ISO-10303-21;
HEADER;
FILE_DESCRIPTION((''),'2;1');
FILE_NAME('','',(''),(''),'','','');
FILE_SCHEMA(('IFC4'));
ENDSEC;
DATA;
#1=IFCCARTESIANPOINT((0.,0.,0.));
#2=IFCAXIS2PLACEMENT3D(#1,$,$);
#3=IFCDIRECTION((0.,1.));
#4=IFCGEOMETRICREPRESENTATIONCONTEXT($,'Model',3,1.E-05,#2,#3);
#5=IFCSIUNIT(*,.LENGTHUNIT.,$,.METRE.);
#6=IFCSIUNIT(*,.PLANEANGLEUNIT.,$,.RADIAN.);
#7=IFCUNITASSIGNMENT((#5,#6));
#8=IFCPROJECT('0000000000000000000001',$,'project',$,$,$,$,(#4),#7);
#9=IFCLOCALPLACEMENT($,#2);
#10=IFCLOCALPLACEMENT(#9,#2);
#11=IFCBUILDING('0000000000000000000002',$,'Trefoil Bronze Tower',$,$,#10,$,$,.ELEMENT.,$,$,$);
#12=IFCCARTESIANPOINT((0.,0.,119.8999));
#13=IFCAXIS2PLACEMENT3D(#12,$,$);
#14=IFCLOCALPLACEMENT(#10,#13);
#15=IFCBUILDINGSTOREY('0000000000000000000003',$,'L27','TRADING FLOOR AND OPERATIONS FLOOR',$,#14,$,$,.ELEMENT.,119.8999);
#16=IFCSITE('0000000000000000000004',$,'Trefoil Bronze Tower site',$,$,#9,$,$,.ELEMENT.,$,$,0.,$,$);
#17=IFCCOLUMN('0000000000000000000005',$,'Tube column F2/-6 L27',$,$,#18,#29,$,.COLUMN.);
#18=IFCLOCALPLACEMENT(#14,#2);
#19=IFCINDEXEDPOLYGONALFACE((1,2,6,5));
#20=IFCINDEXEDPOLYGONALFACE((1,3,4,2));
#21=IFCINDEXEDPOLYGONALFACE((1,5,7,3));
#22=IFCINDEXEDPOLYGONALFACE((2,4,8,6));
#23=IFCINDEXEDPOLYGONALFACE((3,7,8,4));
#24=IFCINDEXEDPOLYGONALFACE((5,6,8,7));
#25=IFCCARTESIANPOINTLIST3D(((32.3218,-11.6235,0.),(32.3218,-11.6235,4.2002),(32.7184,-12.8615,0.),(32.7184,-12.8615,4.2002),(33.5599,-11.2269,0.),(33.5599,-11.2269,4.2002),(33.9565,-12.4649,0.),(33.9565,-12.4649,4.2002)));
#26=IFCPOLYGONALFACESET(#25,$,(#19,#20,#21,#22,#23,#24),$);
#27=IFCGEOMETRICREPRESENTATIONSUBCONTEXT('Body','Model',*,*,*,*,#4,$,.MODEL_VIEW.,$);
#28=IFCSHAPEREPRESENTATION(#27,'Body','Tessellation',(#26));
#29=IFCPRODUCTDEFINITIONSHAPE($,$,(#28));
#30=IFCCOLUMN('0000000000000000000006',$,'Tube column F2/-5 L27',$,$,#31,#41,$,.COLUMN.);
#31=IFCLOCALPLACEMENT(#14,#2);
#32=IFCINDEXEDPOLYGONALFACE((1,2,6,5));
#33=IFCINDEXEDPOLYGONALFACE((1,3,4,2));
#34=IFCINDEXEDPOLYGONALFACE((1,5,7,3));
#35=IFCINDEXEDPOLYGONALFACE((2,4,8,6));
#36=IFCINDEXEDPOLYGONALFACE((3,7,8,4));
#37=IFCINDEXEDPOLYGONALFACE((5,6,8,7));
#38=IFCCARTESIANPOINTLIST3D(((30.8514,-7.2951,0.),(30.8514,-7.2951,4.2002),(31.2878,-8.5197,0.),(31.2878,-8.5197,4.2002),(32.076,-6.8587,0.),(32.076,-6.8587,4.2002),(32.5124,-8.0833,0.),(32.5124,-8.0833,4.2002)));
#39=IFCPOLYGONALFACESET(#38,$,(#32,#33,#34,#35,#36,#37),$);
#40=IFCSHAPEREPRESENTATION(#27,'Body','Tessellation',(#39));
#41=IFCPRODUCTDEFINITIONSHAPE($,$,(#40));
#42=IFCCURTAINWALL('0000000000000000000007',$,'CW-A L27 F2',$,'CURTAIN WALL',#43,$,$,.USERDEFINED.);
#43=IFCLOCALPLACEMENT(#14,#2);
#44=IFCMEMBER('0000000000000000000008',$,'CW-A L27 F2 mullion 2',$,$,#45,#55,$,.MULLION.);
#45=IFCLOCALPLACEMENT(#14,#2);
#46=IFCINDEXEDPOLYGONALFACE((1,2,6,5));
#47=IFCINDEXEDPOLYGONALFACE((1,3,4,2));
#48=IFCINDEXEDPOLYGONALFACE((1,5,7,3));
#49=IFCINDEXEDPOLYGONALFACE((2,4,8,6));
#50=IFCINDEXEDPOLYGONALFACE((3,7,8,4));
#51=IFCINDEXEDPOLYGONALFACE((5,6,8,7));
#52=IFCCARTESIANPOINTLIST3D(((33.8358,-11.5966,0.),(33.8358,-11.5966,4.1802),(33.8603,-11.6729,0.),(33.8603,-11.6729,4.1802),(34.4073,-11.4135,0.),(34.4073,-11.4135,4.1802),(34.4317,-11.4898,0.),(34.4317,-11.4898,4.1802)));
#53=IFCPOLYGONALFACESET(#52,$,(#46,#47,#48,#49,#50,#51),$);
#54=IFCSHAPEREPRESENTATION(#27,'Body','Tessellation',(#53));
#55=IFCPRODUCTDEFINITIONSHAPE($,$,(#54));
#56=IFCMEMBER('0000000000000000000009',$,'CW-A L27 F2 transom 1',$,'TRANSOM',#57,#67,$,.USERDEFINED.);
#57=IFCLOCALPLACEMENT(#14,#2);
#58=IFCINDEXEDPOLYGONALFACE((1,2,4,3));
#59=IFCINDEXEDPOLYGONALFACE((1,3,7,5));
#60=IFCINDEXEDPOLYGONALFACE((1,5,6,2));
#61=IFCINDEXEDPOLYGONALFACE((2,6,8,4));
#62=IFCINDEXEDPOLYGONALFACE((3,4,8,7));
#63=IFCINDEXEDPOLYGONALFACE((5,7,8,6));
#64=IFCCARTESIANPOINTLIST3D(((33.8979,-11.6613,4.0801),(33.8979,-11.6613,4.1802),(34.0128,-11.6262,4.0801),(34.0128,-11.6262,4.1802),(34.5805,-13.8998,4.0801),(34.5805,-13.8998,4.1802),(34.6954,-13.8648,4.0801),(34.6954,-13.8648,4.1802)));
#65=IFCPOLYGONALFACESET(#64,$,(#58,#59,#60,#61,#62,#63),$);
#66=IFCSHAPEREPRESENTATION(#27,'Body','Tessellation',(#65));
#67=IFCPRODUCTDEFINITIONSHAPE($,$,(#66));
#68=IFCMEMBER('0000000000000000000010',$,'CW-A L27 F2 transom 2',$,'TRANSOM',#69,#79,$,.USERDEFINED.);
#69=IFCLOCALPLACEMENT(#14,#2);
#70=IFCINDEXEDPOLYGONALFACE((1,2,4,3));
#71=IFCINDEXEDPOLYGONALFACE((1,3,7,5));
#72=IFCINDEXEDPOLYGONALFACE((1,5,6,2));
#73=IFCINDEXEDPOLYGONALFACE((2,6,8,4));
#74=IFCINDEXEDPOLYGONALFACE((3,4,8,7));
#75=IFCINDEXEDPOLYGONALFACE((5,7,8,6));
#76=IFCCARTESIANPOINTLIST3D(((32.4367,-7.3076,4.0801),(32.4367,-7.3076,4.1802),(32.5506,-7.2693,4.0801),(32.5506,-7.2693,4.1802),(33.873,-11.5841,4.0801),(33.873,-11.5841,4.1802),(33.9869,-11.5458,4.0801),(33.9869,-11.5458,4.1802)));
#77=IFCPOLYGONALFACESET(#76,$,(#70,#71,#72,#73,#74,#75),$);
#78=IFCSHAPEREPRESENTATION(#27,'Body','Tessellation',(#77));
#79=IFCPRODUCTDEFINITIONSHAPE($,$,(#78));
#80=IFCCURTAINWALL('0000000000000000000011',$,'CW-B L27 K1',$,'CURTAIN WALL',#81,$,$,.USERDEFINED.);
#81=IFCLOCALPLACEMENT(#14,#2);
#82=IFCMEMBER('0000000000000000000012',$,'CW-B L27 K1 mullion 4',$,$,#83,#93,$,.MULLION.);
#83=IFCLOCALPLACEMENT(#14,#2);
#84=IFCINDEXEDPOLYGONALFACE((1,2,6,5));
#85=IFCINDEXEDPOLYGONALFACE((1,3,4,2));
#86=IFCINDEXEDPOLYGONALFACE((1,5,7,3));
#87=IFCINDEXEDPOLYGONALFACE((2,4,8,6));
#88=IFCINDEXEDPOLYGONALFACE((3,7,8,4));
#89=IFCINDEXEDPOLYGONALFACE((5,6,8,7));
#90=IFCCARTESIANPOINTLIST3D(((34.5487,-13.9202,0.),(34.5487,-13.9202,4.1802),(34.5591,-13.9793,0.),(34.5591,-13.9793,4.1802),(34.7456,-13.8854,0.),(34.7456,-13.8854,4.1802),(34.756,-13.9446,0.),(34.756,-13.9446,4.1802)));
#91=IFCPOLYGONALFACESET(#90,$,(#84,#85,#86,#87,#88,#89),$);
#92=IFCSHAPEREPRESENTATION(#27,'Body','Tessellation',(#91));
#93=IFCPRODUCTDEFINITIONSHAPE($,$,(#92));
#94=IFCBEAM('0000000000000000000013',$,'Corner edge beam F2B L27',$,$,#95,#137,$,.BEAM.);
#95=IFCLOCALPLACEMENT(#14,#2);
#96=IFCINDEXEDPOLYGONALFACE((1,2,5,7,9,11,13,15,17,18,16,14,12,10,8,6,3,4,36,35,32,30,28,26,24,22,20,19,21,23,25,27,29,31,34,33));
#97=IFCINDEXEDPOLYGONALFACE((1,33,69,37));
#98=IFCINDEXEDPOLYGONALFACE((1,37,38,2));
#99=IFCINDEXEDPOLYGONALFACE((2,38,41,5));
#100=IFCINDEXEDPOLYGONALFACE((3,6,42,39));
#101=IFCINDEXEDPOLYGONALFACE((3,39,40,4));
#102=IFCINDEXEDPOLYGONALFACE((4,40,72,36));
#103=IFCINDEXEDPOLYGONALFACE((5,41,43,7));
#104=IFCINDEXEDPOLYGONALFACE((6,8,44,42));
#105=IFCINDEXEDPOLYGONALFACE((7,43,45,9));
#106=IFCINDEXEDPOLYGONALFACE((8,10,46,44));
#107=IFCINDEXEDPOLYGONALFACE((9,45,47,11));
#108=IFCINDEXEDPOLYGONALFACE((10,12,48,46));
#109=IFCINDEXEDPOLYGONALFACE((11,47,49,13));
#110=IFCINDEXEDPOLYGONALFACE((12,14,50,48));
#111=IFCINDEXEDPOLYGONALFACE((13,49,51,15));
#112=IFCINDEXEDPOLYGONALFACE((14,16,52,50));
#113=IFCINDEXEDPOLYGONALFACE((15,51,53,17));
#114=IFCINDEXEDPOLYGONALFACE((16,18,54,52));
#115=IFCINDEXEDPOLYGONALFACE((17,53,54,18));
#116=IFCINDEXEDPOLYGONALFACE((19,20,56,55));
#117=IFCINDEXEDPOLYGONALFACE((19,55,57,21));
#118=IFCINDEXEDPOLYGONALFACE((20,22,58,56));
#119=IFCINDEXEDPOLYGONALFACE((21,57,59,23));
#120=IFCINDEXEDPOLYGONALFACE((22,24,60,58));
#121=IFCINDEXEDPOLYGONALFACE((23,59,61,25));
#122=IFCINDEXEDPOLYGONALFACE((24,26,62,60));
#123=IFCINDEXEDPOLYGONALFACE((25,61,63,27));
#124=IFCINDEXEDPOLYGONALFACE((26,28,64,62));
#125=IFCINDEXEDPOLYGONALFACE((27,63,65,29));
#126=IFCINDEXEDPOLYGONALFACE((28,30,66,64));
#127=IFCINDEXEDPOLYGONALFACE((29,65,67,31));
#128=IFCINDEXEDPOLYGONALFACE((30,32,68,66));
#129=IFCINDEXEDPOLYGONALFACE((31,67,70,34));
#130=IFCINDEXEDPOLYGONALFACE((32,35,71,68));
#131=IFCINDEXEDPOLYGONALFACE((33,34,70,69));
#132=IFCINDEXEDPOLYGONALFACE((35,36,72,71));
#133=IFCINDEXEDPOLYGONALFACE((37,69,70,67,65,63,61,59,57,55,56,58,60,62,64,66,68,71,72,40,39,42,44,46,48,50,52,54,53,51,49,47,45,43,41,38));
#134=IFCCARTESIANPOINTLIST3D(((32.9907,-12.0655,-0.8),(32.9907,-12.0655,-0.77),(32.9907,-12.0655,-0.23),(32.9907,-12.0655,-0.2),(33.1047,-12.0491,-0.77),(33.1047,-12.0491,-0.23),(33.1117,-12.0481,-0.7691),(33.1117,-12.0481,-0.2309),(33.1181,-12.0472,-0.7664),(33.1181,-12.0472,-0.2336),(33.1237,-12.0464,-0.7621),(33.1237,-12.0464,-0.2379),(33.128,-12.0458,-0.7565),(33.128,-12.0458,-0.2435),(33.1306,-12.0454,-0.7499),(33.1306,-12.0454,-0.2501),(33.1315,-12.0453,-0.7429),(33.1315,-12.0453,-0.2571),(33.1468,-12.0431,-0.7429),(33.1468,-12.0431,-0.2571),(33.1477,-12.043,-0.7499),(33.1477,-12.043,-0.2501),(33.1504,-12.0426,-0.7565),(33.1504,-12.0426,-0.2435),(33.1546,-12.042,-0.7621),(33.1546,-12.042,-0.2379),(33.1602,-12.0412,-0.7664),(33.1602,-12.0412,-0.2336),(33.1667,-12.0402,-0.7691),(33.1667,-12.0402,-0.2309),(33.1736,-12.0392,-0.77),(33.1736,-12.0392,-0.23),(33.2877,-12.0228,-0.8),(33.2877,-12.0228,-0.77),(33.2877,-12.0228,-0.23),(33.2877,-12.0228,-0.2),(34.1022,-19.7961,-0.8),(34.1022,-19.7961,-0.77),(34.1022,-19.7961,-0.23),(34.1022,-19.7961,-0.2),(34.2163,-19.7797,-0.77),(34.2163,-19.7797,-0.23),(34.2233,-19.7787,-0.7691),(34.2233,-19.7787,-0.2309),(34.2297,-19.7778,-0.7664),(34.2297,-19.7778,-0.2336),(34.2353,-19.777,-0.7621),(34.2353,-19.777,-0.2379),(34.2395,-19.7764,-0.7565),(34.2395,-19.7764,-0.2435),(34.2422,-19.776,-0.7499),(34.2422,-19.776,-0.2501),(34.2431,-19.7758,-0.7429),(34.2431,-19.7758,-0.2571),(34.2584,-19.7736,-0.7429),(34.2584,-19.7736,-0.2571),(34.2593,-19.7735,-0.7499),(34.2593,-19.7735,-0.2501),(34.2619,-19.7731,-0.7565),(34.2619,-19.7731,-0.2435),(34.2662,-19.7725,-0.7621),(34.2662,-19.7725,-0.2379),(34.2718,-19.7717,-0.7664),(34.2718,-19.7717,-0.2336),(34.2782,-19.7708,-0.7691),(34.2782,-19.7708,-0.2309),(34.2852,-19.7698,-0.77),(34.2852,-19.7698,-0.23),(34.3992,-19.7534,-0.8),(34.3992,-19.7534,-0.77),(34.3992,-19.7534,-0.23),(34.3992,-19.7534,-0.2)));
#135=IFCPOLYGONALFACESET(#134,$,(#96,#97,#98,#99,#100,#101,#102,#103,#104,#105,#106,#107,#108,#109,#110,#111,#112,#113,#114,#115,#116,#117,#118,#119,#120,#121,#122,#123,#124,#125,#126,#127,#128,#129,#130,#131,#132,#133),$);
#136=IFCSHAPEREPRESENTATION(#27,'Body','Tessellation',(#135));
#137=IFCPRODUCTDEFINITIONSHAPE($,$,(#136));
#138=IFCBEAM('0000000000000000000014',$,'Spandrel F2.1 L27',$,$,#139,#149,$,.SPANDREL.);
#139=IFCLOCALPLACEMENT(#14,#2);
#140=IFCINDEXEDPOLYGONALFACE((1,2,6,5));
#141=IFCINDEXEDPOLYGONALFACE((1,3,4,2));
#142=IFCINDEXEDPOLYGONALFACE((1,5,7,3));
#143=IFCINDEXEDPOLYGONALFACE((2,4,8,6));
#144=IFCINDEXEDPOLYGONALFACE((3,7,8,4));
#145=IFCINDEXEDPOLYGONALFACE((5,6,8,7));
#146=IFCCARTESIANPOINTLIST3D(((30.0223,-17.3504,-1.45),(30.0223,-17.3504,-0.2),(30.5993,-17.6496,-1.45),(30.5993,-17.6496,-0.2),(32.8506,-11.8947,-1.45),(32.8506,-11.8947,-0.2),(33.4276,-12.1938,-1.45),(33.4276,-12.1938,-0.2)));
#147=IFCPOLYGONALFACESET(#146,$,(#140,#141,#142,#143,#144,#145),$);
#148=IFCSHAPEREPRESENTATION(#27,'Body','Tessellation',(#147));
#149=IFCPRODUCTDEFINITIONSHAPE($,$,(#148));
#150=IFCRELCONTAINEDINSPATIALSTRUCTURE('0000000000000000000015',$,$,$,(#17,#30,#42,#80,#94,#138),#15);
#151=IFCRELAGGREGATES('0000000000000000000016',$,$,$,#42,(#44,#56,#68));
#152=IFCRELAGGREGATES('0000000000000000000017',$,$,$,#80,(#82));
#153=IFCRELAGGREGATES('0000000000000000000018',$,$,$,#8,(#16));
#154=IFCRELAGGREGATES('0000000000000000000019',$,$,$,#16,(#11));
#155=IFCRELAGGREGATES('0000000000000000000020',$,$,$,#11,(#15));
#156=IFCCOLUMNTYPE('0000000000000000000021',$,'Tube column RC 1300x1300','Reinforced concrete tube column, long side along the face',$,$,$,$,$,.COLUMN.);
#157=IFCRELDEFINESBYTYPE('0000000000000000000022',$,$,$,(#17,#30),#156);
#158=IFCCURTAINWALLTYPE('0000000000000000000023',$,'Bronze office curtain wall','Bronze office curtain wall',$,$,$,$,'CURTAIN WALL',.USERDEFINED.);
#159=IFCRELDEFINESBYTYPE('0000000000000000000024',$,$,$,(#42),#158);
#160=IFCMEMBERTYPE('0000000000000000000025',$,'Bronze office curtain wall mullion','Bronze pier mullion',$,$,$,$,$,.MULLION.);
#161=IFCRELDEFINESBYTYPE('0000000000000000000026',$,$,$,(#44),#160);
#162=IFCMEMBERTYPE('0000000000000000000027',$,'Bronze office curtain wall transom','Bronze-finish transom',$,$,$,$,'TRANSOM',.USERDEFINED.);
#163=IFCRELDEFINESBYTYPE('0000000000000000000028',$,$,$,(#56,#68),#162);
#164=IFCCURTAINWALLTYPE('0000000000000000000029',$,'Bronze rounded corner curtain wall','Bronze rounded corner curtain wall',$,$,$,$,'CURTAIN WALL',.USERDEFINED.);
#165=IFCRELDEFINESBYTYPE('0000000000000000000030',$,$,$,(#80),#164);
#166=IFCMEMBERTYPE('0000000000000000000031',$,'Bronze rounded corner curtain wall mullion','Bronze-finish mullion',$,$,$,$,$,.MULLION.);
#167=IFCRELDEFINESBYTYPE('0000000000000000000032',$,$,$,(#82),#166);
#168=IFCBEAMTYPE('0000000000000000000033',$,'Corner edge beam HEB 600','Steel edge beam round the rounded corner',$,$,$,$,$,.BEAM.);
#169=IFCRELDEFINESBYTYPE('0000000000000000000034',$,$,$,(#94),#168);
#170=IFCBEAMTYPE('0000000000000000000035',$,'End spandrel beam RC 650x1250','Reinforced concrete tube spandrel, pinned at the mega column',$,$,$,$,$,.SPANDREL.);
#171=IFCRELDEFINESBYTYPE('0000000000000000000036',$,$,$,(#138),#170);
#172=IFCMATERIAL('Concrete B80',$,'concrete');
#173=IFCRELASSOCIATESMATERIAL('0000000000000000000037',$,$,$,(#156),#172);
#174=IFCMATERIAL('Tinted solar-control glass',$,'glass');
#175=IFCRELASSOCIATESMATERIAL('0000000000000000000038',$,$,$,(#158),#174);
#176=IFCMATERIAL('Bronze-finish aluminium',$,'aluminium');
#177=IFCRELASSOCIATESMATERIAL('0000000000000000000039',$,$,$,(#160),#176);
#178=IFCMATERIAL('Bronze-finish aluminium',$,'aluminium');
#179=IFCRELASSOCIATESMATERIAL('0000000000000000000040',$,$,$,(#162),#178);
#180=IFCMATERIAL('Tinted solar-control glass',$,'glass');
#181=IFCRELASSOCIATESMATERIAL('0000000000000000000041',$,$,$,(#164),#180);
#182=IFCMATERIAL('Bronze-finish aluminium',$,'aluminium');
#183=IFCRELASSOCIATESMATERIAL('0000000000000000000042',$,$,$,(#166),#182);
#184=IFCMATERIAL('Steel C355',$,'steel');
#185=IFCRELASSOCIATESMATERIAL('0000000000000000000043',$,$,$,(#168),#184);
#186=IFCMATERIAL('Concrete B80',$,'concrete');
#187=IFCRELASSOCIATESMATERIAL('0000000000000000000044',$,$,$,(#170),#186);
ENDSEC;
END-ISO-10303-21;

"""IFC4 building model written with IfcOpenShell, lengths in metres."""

from ifc_helpers import new_model, si_unit, direction, frame, origin, origin_2d, place, context, subcontext, project, spatial, rectangle, i_section, extrude, material, material_profile, profile_set, type_object, element, aggregate, save


model = new_model("IFC4")

# Units and contexts
model_context = context("Model", 3, precision=1e-05, world=origin(), true_north=direction((0.0, 1.0)))
body_context = subcontext(model_context, "Body", "Model", "MODEL_VIEW")
ifc_project = project(units=[si_unit("LENGTHUNIT", "METRE"), si_unit("PLANEANGLEUNIT", "RADIAN")], contexts=[model_context])

# Site, building, storey
site_placement = place(None, origin())
site = spatial("IfcSite", under=ifc_project, at=site_placement, Name="Trefoil Bronze Tower site", CompositionType="ELEMENT", RefElevation=0.0)
building_placement = place(site_placement, origin())
building = spatial("IfcBuilding", under=site, at=building_placement, Name="Trefoil Bronze Tower", CompositionType="ELEMENT")
storey_placement = place(building_placement, frame((0.0, 0.0, 119.8999)))
storey = spatial("IfcBuildingStorey", under=building, at=storey_placement, Name="L27", Description="TRADING FLOOR AND OPERATIONS FLOOR", CompositionType="ELEMENT", Elevation=119.8999)

# Columns
ifc_material_1 = material(Name="Concrete B80", Category="concrete")
ifc_material_profile_1 = material_profile(ifc_material_1, rectangle(XDim=1.3, YDim=1.3, at=origin_2d()), Name="RC 1300x1300")
ifc_profile_set_1 = profile_set([ifc_material_profile_1], Name="Concrete B80")
column_type = type_object("IfcColumnType", Name="Tube column RC 1300x1300", Description="Reinforced concrete tube column, long side along the face", PredefinedType="COLUMN", material=ifc_profile_set_1)
for number, where, z_axis, x_axis, name in (
    (1, (33.1392, -12.0442, 0.0), (0.0, 0.0, 1.0), (-0.305066, 0.952331, 0.0), "Tube column F2/-6 L27"),
    (2, (31.6819, -7.6892, 0.0), (0.0, 0.0, 1.0), (-0.335718, 0.941963, 0.0), "Tube column F2/-5 L27"),
):
    element("IfcColumn", number, at=place(storey_placement, frame(where, z_axis=z_axis, x_axis=x_axis)), inside=storey, type_object=column_type, Name=name, PredefinedType="COLUMN", context=body_context, shape_type="SweptSolid", body=[
        extrude(rectangle(XDim=1.3, YDim=1.3, at=origin_2d()), origin(), (0.0, 0.0, 1.0), 4.2002),
    ])

# Curtain wall, members
ifc_material_2 = material(Name="Tinted solar-control glass", Category="glass")
curtain_wall_type_1 = type_object("IfcCurtainWallType", Name="Bronze office curtain wall", Description="Bronze office curtain wall", ElementType="CURTAIN WALL", PredefinedType="USERDEFINED", material=ifc_material_2)
curtain_wall_1_placement = place(storey_placement, origin())
curtain_wall_1 = element("IfcCurtainWall", 3, at=curtain_wall_1_placement, inside=storey, type_object=curtain_wall_type_1, Name="CW-A L27 F2", ObjectType="CURTAIN WALL", PredefinedType="USERDEFINED")
ifc_material_3 = material(Name="Bronze-finish aluminium", Category="aluminium")
ifc_material_profile_2 = material_profile(ifc_material_3, rectangle(XDim=0.6001, YDim=0.0801, at=origin_2d()), Name="CW-A mullion")
ifc_profile_set_2 = profile_set([ifc_material_profile_2], Name="Bronze-finish aluminium")
member_type_1 = type_object("IfcMemberType", Name="Bronze office curtain wall mullion", Description="Bronze pier mullion", PredefinedType="MULLION", material=ifc_profile_set_2)
member_1_placement = place(storey_placement, frame((34.1338, -11.5432, 0.0), z_axis=(0.0, 0.0, 1.0), x_axis=(-0.952331, -0.305066, 0.0)))
member_1 = element("IfcMember", 4, at=member_1_placement, type_object=member_type_1, Name="CW-A L27 F2 mullion 2", PredefinedType="MULLION", context=body_context, shape_type="SweptSolid", body=[
    extrude(rectangle(XDim=0.6001, YDim=0.0801, at=origin_2d()), origin(), (0.0, 0.0, 1.0), 4.1802),
])
ifc_material_4 = material(Name="Bronze-finish aluminium", Category="aluminium")
ifc_material_profile_3 = material_profile(ifc_material_4, rectangle(XDim=0.1201, YDim=0.1001, at=origin_2d()), Name="CW-A transom")
ifc_profile_set_3 = profile_set([ifc_material_profile_3], Name="Bronze-finish aluminium")
member_type_2 = type_object("IfcMemberType", Name="Bronze office curtain wall transom", Description="Bronze-finish transom", ElementType="TRANSOM", PredefinedType="USERDEFINED", material=ifc_profile_set_3)
member_2_placement = place(storey_placement, frame((34.6379, -13.8823, 4.1301), z_axis=(-0.29168, 0.956516, 0.0), x_axis=(-0.956516, -0.29168, 0.0)))
member_2 = element("IfcMember", 5, at=member_2_placement, type_object=member_type_2, Name="CW-A L27 F2 transom 1", ObjectType="TRANSOM", PredefinedType="USERDEFINED", context=body_context, shape_type="SweptSolid", body=[
    extrude(rectangle(XDim=0.1201, YDim=0.1001, at=origin_2d()), origin(), (0.0, 0.0, 1.0), 2.3403),
])
member_3_placement = place(storey_placement, frame((33.9299, -11.5649, 4.1301), z_axis=(-0.318386, 0.947961, 0.0), x_axis=(-0.947961, -0.318386, 0.0)))
member_3 = element("IfcMember", 6, at=member_3_placement, type_object=member_type_2, Name="CW-A L27 F2 transom 2", ObjectType="TRANSOM", PredefinedType="USERDEFINED", context=body_context, shape_type="SweptSolid", body=[
    extrude(rectangle(XDim=0.1201, YDim=0.1001, at=origin_2d()), origin(), (0.0, 0.0, 1.0), 4.5112),
])

# Curtain wall, member
ifc_material_5 = material(Name="Tinted solar-control glass", Category="glass")
curtain_wall_type_2 = type_object("IfcCurtainWallType", Name="Bronze rounded corner curtain wall", Description="Bronze rounded corner curtain wall", ElementType="CURTAIN WALL", PredefinedType="USERDEFINED", material=ifc_material_5)
curtain_wall_2_placement = place(storey_placement, origin())
curtain_wall_2 = element("IfcCurtainWall", 7, at=curtain_wall_2_placement, inside=storey, type_object=curtain_wall_type_2, Name="CW-B L27 K1", ObjectType="CURTAIN WALL", PredefinedType="USERDEFINED")
ifc_material_6 = material(Name="Bronze-finish aluminium", Category="aluminium")
ifc_material_profile_4 = material_profile(ifc_material_6, rectangle(XDim=0.2, YDim=0.0601, at=origin_2d()), Name="CW-B mullion")
ifc_profile_set_4 = profile_set([ifc_material_profile_4], Name="Bronze-finish aluminium")
member_type_3 = type_object("IfcMemberType", Name="Bronze rounded corner curtain wall mullion", Description="Bronze-finish mullion", PredefinedType="MULLION", material=ifc_profile_set_4)
member_4_placement = place(storey_placement, frame((34.6523, -13.9324, 0.0), z_axis=(0.0, 0.0, 1.0), x_axis=(-0.984808, -0.173648, 0.0)))
member_4 = element("IfcMember", 8, at=member_4_placement, type_object=member_type_3, Name="CW-B L27 K1 mullion 4", PredefinedType="MULLION", context=body_context, shape_type="SweptSolid", body=[
    extrude(rectangle(XDim=0.2, YDim=0.0601, at=origin_2d()), origin(), (0.0, 0.0, 1.0), 4.1802),
])

# Beams
ifc_material_7 = material(Name="Steel C355", Category="steel")
ifc_material_profile_5 = material_profile(ifc_material_7, i_section(OverallWidth=0.3, OverallDepth=0.6001, WebThickness=0.0154, FlangeThickness=0.03, FilletRadius=0.0271, at=origin_2d()), Name="HEB 600")
ifc_profile_set_5 = profile_set([ifc_material_profile_5], Name="Steel C355")
beam_type_1 = type_object("IfcBeamType", Name="Corner edge beam HEB 600", Description="Steel edge beam round the rounded corner", PredefinedType="BEAM", material=ifc_profile_set_5)
beam_1_placement = place(storey_placement, frame((33.1392, -12.0442, -0.5), z_axis=(0.142327, -0.98982, 0.0), x_axis=(0.98982, 0.142327, 0.0)))
element("IfcBeam", 9, at=beam_1_placement, inside=storey, type_object=beam_type_1, Name="Corner edge beam F2B L27", PredefinedType="BEAM", context=body_context, shape_type="SweptSolid", body=[
    extrude(i_section(OverallWidth=0.3, OverallDepth=0.6001, WebThickness=0.0154, FlangeThickness=0.03, FilletRadius=0.0271, at=origin_2d()), origin(), (0.0, 0.0, 1.0), 7.8101),
])
ifc_material_8 = material(Name="Concrete B80", Category="concrete")
ifc_material_profile_6 = material_profile(ifc_material_8, rectangle(XDim=0.6499, YDim=1.25, at=origin_2d()), Name="RC 650x1250")
ifc_profile_set_6 = profile_set([ifc_material_profile_6], Name="Concrete B80")
beam_type_2 = type_object("IfcBeamType", Name="End spandrel beam RC 650x1250", Description="Reinforced concrete tube spandrel, pinned at the mega column", PredefinedType="SPANDREL", material=ifc_profile_set_6)
beam_2_placement = place(storey_placement, frame((30.3108, -17.5, -0.825), z_axis=(0.460244, 0.887792, 0.0), x_axis=(-0.887792, 0.460244, 0.0)))
element("IfcBeam", 10, at=beam_2_placement, inside=storey, type_object=beam_type_2, Name="Spandrel F2.1 L27", PredefinedType="SPANDREL", context=body_context, shape_type="SweptSolid", body=[
    extrude(rectangle(XDim=0.6499, YDim=1.25, at=origin_2d()), origin(), (0.0, 0.0, 1.0), 6.1453),
])

aggregate(curtain_wall_1, [member_1, member_2, member_3])
aggregate(curtain_wall_2, [member_4])

save(model, "model.ifc")
